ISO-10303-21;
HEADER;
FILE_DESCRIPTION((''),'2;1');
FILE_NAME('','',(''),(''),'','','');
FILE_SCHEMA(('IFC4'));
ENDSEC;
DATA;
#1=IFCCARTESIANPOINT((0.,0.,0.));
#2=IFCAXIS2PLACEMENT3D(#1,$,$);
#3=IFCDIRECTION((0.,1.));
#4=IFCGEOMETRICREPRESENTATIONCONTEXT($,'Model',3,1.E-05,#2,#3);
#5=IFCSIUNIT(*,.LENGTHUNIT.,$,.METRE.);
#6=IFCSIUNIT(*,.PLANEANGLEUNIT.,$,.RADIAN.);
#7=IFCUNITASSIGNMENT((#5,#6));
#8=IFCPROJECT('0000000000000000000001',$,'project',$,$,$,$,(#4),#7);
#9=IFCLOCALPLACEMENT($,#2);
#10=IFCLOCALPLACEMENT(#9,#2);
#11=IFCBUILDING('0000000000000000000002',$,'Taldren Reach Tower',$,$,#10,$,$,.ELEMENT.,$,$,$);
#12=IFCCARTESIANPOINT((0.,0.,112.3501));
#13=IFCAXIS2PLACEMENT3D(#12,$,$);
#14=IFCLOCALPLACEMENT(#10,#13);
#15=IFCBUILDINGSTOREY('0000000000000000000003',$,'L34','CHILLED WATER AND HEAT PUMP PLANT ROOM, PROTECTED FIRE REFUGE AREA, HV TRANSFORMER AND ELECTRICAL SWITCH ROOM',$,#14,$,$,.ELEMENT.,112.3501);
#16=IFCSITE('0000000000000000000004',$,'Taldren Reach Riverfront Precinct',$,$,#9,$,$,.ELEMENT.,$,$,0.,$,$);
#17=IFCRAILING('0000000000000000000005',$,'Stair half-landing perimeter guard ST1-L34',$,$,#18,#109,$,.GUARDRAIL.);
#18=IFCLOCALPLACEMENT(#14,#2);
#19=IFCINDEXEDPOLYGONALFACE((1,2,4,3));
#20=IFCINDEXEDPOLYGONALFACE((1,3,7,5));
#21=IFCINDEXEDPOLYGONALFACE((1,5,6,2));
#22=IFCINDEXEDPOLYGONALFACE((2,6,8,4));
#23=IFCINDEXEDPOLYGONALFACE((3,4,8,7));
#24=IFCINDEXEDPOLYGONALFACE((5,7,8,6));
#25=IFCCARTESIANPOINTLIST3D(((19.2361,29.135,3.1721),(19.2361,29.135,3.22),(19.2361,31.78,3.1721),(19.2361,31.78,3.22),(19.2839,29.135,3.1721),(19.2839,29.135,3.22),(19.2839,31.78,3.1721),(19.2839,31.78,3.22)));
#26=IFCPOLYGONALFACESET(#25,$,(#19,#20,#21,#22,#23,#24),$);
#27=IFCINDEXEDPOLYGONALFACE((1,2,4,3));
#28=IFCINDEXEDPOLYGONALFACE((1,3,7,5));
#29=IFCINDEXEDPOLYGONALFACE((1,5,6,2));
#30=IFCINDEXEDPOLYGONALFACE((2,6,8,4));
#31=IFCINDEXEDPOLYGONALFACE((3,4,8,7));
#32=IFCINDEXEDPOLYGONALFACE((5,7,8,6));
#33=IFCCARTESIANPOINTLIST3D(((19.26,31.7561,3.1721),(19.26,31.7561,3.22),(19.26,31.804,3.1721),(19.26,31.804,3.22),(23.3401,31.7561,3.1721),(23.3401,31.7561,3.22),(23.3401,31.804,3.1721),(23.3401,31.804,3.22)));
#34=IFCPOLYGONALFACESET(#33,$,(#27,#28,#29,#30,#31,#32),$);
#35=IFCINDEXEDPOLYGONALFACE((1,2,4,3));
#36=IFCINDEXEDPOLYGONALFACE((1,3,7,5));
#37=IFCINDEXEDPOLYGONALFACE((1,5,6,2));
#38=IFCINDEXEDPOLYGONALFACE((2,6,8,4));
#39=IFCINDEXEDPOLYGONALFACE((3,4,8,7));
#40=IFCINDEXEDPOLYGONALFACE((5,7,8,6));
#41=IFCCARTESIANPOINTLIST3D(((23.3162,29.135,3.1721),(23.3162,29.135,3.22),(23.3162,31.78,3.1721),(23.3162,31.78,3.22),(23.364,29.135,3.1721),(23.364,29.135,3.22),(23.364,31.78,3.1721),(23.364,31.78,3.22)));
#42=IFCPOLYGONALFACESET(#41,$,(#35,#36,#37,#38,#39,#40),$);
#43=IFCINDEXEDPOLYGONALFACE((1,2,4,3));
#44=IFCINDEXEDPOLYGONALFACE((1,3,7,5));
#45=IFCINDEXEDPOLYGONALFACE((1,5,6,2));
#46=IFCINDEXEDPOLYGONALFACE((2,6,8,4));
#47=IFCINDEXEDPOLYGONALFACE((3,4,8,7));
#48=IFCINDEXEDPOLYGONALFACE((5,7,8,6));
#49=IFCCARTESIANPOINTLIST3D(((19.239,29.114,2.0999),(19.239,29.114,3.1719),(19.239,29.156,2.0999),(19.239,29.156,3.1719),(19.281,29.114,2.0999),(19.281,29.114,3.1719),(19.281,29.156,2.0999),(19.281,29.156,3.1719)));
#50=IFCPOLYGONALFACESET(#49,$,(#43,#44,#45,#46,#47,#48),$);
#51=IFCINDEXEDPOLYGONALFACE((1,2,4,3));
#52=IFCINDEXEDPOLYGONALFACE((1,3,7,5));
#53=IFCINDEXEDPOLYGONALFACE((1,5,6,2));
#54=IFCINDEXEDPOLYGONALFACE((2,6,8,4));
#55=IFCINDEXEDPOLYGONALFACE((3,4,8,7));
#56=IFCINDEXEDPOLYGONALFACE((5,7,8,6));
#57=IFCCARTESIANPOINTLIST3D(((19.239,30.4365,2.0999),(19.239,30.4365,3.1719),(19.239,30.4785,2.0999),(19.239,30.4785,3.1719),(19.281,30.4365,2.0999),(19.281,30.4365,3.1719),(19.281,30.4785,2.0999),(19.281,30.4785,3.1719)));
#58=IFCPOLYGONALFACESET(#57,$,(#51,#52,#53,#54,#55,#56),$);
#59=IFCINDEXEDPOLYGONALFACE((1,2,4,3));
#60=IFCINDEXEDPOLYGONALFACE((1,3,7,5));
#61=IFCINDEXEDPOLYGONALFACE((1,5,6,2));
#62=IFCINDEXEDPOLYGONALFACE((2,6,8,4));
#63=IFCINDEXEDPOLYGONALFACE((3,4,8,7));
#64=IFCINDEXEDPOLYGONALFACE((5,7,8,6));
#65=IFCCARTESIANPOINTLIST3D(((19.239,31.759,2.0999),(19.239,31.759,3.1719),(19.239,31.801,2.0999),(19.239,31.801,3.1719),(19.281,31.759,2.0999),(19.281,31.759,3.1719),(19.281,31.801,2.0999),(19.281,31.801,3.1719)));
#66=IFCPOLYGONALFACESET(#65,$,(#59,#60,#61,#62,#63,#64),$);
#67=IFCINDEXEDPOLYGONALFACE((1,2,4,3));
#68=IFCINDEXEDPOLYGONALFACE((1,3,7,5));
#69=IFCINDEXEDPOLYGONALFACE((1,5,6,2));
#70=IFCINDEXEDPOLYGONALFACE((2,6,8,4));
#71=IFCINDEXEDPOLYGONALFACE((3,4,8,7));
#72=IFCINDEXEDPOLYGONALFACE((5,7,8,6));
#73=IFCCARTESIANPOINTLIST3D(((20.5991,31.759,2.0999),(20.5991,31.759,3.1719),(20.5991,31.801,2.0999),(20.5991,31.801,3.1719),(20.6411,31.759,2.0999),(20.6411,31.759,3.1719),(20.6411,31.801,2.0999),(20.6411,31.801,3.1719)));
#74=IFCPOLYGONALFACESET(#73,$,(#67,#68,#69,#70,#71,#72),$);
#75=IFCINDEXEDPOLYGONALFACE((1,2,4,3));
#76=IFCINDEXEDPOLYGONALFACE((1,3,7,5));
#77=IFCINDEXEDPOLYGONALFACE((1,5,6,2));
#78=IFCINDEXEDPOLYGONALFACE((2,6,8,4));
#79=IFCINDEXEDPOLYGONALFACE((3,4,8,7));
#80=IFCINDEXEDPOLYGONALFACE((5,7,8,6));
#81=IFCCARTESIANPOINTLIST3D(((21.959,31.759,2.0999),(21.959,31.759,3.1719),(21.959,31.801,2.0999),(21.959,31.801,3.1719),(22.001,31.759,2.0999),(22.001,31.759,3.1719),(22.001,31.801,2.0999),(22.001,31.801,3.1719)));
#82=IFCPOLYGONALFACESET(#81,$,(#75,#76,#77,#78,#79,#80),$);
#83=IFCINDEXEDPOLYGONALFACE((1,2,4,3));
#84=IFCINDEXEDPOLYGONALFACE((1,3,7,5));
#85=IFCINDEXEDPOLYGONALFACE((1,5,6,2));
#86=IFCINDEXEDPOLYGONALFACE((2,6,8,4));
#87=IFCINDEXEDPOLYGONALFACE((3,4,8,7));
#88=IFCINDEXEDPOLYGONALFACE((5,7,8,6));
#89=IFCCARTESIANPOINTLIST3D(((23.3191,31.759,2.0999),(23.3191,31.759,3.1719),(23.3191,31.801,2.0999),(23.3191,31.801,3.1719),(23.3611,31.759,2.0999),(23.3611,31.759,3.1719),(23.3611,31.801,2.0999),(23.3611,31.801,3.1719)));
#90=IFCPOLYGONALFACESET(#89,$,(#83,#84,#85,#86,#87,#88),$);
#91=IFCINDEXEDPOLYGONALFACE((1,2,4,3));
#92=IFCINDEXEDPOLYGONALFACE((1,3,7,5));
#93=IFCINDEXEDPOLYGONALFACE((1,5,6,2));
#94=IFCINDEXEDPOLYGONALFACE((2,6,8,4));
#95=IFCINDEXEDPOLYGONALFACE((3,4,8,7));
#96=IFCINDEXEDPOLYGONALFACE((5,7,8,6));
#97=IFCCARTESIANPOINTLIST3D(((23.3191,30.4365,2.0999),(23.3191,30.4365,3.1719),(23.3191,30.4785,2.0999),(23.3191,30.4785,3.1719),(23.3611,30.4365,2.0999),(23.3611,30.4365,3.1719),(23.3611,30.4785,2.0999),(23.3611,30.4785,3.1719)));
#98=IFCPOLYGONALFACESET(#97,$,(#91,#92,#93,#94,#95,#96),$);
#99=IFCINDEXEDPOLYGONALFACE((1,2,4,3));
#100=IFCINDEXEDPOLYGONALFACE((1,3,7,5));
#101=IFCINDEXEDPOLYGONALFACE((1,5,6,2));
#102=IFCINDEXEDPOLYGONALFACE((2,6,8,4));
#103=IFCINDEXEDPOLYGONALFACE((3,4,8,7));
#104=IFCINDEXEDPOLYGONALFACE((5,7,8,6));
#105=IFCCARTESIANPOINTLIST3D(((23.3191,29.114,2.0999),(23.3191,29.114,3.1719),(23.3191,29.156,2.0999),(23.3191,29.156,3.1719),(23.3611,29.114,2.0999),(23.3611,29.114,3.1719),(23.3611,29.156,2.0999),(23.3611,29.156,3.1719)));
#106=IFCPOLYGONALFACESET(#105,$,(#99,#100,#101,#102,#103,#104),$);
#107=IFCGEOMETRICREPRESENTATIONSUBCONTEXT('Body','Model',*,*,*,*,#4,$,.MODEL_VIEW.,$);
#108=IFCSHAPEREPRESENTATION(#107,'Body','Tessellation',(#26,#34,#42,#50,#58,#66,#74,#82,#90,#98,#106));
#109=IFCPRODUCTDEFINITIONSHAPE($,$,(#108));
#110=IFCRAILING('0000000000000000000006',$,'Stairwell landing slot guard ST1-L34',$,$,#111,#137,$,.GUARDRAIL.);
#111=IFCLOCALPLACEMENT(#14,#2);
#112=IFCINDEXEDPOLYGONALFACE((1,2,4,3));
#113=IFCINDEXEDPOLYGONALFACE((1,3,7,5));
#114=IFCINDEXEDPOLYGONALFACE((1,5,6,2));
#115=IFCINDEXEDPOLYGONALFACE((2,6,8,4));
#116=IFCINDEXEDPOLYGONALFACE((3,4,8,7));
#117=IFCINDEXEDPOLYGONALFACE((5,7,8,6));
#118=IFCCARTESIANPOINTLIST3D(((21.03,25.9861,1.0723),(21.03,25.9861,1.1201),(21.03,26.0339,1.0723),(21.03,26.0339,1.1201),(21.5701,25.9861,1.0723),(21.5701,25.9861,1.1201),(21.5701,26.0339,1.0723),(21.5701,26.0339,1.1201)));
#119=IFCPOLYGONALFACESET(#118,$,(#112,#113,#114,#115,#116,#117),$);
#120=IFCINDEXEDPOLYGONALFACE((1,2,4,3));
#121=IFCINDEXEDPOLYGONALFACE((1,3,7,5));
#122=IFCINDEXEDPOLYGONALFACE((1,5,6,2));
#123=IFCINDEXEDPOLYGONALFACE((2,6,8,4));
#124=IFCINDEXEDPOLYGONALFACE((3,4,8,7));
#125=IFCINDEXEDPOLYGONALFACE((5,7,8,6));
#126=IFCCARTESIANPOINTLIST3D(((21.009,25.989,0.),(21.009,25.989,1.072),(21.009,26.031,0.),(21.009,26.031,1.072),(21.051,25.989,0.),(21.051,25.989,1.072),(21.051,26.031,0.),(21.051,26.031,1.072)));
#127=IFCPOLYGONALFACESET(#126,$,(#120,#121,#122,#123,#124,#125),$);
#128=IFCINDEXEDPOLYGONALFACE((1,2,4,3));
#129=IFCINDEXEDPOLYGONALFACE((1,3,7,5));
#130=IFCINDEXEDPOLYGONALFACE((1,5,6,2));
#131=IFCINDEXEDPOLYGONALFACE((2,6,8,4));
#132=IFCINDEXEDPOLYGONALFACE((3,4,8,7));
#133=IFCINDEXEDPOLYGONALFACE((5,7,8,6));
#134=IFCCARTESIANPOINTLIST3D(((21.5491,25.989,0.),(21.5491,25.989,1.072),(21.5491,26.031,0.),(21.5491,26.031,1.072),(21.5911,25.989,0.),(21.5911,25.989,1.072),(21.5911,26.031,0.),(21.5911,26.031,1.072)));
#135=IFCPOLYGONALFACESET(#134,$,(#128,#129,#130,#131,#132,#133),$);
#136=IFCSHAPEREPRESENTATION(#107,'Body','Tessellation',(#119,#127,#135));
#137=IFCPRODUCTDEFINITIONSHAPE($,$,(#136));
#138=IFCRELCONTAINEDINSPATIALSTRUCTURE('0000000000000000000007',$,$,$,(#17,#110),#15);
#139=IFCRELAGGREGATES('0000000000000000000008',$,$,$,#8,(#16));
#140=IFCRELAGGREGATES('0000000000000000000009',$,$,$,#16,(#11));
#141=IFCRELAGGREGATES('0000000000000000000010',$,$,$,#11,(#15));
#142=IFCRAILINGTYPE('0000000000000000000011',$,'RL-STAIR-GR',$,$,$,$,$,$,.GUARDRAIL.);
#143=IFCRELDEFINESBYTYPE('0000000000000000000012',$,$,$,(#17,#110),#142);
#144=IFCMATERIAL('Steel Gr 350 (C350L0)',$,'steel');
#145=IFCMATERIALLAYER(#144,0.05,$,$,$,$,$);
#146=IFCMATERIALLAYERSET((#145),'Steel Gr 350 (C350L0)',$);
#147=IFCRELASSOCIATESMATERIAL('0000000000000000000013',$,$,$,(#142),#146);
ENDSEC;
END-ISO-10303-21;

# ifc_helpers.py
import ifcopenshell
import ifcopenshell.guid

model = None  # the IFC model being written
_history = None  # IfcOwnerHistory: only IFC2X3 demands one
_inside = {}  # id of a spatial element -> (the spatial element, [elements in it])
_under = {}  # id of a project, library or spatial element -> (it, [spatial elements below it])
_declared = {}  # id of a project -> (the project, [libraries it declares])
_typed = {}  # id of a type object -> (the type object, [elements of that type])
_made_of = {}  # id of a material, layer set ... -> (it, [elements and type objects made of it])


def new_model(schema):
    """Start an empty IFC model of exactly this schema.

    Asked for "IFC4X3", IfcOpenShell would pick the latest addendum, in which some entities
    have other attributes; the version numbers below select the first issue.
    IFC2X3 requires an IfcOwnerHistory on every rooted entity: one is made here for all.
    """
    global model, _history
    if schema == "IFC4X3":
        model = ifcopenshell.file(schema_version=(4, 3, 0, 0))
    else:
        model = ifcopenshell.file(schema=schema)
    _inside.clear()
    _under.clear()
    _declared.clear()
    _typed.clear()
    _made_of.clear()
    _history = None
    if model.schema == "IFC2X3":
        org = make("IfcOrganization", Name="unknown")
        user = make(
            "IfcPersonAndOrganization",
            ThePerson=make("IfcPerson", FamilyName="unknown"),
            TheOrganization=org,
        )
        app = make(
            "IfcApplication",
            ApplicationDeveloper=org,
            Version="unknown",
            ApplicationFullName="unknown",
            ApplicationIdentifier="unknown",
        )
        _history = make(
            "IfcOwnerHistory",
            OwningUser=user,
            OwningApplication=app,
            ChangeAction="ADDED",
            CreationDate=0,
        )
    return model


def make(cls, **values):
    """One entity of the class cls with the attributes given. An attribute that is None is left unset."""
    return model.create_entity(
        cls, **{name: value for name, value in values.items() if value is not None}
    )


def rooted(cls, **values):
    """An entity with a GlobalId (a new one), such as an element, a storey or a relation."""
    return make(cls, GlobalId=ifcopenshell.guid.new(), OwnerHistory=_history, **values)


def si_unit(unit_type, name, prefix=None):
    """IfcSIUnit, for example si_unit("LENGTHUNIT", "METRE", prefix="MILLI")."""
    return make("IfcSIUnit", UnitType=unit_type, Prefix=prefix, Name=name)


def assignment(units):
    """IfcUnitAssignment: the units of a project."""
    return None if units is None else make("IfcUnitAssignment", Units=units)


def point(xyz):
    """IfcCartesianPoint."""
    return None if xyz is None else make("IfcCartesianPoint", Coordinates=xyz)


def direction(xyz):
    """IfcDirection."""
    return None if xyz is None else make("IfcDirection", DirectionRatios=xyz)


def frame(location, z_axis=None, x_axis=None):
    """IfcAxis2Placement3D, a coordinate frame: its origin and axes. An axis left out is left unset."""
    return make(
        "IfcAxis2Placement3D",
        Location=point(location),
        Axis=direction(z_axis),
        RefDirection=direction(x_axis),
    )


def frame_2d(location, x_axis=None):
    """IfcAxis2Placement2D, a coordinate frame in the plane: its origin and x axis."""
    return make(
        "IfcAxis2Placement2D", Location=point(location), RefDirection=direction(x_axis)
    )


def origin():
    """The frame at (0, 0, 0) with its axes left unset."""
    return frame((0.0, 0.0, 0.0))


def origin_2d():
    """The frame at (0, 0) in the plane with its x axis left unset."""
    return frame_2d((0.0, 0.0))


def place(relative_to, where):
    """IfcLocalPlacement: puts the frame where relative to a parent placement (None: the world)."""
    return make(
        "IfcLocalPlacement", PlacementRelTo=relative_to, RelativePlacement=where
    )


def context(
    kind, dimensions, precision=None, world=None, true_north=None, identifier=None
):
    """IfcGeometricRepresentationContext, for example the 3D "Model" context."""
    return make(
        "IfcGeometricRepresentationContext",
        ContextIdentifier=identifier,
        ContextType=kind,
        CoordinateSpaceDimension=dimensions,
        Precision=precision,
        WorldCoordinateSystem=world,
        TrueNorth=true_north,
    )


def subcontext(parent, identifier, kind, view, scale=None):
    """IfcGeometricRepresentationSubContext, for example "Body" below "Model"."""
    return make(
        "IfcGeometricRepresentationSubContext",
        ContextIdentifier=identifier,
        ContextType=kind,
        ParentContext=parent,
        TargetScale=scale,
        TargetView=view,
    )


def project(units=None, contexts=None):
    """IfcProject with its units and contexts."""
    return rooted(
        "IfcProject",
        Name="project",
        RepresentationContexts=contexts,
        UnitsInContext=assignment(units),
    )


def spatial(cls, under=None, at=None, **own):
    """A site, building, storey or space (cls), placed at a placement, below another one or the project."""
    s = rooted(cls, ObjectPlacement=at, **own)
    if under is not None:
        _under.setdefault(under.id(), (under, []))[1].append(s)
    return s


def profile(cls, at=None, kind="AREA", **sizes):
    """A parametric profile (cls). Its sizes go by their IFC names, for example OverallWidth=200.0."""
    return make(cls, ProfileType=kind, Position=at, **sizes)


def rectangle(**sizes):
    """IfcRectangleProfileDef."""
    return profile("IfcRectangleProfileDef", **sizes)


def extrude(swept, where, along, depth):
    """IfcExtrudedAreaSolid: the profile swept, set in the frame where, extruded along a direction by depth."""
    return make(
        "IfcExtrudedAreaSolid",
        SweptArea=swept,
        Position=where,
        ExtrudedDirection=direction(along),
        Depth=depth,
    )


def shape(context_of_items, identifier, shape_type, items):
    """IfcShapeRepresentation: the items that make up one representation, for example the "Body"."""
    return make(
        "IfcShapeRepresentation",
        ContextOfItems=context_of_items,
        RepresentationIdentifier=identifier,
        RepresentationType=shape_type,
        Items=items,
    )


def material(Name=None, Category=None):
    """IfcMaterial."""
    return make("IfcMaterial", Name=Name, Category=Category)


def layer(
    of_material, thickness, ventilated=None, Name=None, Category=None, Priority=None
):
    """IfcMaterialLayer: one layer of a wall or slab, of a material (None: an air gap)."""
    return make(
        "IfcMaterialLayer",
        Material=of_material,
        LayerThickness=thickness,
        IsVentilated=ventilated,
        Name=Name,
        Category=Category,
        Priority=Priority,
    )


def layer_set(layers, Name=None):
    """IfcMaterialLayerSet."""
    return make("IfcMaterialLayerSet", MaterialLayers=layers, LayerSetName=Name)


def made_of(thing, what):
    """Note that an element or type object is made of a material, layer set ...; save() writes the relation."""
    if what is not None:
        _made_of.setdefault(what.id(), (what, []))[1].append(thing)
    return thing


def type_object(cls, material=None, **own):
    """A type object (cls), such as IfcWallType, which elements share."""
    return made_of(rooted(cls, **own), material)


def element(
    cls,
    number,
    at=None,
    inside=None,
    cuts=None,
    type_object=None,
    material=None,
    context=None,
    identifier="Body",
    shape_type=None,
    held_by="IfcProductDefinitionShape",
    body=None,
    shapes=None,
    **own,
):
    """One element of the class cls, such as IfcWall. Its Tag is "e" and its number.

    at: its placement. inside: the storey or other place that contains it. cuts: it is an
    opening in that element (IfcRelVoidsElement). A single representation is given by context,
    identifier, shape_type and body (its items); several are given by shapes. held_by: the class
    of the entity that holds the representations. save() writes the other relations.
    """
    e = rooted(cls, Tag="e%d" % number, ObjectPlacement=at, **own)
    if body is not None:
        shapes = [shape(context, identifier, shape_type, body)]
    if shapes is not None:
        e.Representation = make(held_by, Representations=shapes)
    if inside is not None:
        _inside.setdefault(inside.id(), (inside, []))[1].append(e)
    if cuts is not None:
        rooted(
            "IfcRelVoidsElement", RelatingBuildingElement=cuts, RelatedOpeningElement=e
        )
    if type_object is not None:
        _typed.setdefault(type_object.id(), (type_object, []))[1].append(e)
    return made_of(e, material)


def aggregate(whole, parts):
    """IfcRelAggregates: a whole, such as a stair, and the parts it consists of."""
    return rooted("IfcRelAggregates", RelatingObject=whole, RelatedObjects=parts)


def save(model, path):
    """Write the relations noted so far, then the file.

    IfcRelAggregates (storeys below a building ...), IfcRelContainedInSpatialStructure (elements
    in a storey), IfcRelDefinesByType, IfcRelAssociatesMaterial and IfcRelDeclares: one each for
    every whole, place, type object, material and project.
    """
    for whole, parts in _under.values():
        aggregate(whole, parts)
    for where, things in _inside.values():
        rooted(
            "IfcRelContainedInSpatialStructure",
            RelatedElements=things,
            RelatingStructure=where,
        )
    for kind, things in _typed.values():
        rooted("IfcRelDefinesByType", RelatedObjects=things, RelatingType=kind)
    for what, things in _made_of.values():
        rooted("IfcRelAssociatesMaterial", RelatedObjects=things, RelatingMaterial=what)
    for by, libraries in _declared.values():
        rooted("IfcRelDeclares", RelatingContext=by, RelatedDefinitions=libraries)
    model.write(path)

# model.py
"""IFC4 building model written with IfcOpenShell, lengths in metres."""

from ifc_helpers import new_model, si_unit, direction, frame, origin, origin_2d, place, context, subcontext, project, spatial, rectangle, extrude, material, layer, layer_set, type_object, element, save


model = new_model("IFC4")

# Units and contexts
model_context = context("Model", 3, precision=1e-05, world=origin(), true_north=direction((0.0, 1.0)))
body_context = subcontext(model_context, "Body", "Model", "MODEL_VIEW")
ifc_project = project(units=[si_unit("LENGTHUNIT", "METRE"), si_unit("PLANEANGLEUNIT", "RADIAN")], contexts=[model_context])

# Site, building, storey
site_placement = place(None, origin())
site = spatial("IfcSite", under=ifc_project, at=site_placement, Name="Taldren Reach Riverfront Precinct", CompositionType="ELEMENT", RefElevation=0.0)
building_placement = place(site_placement, origin())
building = spatial("IfcBuilding", under=site, at=building_placement, Name="Taldren Reach Tower", CompositionType="ELEMENT")
storey_placement = place(building_placement, frame((0.0, 0.0, 112.3501)))
storey = spatial("IfcBuildingStorey", under=building, at=storey_placement, Name="L34", Description="CHILLED WATER AND HEAT PUMP PLANT ROOM, PROTECTED FIRE REFUGE AREA, HV TRANSFORMER AND ELECTRICAL SWITCH ROOM", CompositionType="ELEMENT", Elevation=112.3501)

# Shared definitions
ifc_material_1 = material(Name="Steel Gr 350 (C350L0)", Category="steel")

# Railings
ifc_layer_1 = layer(ifc_material_1, 0.05)
ifc_layer_set_1 = layer_set([ifc_layer_1], Name="Steel Gr 350 (C350L0)")
railing_type_1 = type_object("IfcRailingType", Name="RL-STAIR-GR", PredefinedType="GUARDRAIL", material=ifc_layer_set_1)
railing_1_placement = place(storey_placement, frame((19.26, 29.135, 2.0999)))
element("IfcRailing", 1, at=railing_1_placement, inside=storey, type_object=railing_type_1, Name="Stair half-landing perimeter guard ST1-L34", PredefinedType="GUARDRAIL", context=body_context, shape_type="SweptSolid", body=[
    extrude(rectangle(XDim=0.0479, YDim=0.0479, at=origin_2d()), frame((0.0, 0.0, 1.0962), z_axis=(0.0, 1.0, 0.0), x_axis=(-1.0, 0.0, 0.0)), (0.0, 0.0, 1.0), 2.645),
    extrude(rectangle(XDim=0.0479, YDim=0.0479, at=origin_2d()), frame((0.0, 2.645, 1.0962), z_axis=(1.0, 0.0, 0.0), x_axis=(0.0, 1.0, 0.0)), (0.0, 0.0, 1.0), 4.0801),
    extrude(rectangle(XDim=0.0479, YDim=0.0479, at=origin_2d()), frame((4.0801, 2.645, 1.0962), z_axis=(0.0, -1.0, 0.0), x_axis=(1.0, 0.0, 0.0)), (0.0, 0.0, 1.0), 2.645),
    extrude(rectangle(XDim=0.042, YDim=0.042, at=origin_2d()), origin(), (0.0, 0.0, 1.0), 1.072),
    extrude(rectangle(XDim=0.042, YDim=0.042, at=origin_2d()), frame((0.0, 1.3225, 0.0)), (0.0, 0.0, 1.0), 1.072),
    extrude(rectangle(XDim=0.042, YDim=0.042, at=origin_2d()), frame((0.0, 2.645, 0.0)), (0.0, 0.0, 1.0), 1.072),
    extrude(rectangle(XDim=0.042, YDim=0.042, at=origin_2d()), frame((1.3601, 2.645, 0.0)), (0.0, 0.0, 1.0), 1.072),
    extrude(rectangle(XDim=0.042, YDim=0.042, at=origin_2d()), frame((2.72, 2.645, 0.0)), (0.0, 0.0, 1.0), 1.072),
    extrude(rectangle(XDim=0.042, YDim=0.042, at=origin_2d()), frame((4.0801, 2.645, 0.0)), (0.0, 0.0, 1.0), 1.072),
    extrude(rectangle(XDim=0.042, YDim=0.042, at=origin_2d()), frame((4.0801, 1.3225, 0.0)), (0.0, 0.0, 1.0), 1.072),
    extrude(rectangle(XDim=0.042, YDim=0.042, at=origin_2d()), frame((4.0801, 0.0, 0.0)), (0.0, 0.0, 1.0), 1.072),
])
railing_2_placement = place(storey_placement, frame((21.03, 26.01, 0.0)))
element("IfcRailing", 2, at=railing_2_placement, inside=storey, type_object=railing_type_1, Name="Stairwell landing slot guard ST1-L34", PredefinedType="GUARDRAIL", context=body_context, shape_type="SweptSolid", body=[
    extrude(rectangle(XDim=0.0479, YDim=0.0479, at=origin_2d()), frame((0.0, 0.0, 1.0962), z_axis=(1.0, 0.0, 0.0), x_axis=(0.0, 1.0, 0.0)), (0.0, 0.0, 1.0), 0.54),
    extrude(rectangle(XDim=0.042, YDim=0.042, at=origin_2d()), origin(), (0.0, 0.0, 1.0), 1.072),
    extrude(rectangle(XDim=0.042, YDim=0.042, at=origin_2d()), frame((0.54, 0.0, 0.0)), (0.0, 0.0, 1.0), 1.072),
])

save(model, "model.ifc")
